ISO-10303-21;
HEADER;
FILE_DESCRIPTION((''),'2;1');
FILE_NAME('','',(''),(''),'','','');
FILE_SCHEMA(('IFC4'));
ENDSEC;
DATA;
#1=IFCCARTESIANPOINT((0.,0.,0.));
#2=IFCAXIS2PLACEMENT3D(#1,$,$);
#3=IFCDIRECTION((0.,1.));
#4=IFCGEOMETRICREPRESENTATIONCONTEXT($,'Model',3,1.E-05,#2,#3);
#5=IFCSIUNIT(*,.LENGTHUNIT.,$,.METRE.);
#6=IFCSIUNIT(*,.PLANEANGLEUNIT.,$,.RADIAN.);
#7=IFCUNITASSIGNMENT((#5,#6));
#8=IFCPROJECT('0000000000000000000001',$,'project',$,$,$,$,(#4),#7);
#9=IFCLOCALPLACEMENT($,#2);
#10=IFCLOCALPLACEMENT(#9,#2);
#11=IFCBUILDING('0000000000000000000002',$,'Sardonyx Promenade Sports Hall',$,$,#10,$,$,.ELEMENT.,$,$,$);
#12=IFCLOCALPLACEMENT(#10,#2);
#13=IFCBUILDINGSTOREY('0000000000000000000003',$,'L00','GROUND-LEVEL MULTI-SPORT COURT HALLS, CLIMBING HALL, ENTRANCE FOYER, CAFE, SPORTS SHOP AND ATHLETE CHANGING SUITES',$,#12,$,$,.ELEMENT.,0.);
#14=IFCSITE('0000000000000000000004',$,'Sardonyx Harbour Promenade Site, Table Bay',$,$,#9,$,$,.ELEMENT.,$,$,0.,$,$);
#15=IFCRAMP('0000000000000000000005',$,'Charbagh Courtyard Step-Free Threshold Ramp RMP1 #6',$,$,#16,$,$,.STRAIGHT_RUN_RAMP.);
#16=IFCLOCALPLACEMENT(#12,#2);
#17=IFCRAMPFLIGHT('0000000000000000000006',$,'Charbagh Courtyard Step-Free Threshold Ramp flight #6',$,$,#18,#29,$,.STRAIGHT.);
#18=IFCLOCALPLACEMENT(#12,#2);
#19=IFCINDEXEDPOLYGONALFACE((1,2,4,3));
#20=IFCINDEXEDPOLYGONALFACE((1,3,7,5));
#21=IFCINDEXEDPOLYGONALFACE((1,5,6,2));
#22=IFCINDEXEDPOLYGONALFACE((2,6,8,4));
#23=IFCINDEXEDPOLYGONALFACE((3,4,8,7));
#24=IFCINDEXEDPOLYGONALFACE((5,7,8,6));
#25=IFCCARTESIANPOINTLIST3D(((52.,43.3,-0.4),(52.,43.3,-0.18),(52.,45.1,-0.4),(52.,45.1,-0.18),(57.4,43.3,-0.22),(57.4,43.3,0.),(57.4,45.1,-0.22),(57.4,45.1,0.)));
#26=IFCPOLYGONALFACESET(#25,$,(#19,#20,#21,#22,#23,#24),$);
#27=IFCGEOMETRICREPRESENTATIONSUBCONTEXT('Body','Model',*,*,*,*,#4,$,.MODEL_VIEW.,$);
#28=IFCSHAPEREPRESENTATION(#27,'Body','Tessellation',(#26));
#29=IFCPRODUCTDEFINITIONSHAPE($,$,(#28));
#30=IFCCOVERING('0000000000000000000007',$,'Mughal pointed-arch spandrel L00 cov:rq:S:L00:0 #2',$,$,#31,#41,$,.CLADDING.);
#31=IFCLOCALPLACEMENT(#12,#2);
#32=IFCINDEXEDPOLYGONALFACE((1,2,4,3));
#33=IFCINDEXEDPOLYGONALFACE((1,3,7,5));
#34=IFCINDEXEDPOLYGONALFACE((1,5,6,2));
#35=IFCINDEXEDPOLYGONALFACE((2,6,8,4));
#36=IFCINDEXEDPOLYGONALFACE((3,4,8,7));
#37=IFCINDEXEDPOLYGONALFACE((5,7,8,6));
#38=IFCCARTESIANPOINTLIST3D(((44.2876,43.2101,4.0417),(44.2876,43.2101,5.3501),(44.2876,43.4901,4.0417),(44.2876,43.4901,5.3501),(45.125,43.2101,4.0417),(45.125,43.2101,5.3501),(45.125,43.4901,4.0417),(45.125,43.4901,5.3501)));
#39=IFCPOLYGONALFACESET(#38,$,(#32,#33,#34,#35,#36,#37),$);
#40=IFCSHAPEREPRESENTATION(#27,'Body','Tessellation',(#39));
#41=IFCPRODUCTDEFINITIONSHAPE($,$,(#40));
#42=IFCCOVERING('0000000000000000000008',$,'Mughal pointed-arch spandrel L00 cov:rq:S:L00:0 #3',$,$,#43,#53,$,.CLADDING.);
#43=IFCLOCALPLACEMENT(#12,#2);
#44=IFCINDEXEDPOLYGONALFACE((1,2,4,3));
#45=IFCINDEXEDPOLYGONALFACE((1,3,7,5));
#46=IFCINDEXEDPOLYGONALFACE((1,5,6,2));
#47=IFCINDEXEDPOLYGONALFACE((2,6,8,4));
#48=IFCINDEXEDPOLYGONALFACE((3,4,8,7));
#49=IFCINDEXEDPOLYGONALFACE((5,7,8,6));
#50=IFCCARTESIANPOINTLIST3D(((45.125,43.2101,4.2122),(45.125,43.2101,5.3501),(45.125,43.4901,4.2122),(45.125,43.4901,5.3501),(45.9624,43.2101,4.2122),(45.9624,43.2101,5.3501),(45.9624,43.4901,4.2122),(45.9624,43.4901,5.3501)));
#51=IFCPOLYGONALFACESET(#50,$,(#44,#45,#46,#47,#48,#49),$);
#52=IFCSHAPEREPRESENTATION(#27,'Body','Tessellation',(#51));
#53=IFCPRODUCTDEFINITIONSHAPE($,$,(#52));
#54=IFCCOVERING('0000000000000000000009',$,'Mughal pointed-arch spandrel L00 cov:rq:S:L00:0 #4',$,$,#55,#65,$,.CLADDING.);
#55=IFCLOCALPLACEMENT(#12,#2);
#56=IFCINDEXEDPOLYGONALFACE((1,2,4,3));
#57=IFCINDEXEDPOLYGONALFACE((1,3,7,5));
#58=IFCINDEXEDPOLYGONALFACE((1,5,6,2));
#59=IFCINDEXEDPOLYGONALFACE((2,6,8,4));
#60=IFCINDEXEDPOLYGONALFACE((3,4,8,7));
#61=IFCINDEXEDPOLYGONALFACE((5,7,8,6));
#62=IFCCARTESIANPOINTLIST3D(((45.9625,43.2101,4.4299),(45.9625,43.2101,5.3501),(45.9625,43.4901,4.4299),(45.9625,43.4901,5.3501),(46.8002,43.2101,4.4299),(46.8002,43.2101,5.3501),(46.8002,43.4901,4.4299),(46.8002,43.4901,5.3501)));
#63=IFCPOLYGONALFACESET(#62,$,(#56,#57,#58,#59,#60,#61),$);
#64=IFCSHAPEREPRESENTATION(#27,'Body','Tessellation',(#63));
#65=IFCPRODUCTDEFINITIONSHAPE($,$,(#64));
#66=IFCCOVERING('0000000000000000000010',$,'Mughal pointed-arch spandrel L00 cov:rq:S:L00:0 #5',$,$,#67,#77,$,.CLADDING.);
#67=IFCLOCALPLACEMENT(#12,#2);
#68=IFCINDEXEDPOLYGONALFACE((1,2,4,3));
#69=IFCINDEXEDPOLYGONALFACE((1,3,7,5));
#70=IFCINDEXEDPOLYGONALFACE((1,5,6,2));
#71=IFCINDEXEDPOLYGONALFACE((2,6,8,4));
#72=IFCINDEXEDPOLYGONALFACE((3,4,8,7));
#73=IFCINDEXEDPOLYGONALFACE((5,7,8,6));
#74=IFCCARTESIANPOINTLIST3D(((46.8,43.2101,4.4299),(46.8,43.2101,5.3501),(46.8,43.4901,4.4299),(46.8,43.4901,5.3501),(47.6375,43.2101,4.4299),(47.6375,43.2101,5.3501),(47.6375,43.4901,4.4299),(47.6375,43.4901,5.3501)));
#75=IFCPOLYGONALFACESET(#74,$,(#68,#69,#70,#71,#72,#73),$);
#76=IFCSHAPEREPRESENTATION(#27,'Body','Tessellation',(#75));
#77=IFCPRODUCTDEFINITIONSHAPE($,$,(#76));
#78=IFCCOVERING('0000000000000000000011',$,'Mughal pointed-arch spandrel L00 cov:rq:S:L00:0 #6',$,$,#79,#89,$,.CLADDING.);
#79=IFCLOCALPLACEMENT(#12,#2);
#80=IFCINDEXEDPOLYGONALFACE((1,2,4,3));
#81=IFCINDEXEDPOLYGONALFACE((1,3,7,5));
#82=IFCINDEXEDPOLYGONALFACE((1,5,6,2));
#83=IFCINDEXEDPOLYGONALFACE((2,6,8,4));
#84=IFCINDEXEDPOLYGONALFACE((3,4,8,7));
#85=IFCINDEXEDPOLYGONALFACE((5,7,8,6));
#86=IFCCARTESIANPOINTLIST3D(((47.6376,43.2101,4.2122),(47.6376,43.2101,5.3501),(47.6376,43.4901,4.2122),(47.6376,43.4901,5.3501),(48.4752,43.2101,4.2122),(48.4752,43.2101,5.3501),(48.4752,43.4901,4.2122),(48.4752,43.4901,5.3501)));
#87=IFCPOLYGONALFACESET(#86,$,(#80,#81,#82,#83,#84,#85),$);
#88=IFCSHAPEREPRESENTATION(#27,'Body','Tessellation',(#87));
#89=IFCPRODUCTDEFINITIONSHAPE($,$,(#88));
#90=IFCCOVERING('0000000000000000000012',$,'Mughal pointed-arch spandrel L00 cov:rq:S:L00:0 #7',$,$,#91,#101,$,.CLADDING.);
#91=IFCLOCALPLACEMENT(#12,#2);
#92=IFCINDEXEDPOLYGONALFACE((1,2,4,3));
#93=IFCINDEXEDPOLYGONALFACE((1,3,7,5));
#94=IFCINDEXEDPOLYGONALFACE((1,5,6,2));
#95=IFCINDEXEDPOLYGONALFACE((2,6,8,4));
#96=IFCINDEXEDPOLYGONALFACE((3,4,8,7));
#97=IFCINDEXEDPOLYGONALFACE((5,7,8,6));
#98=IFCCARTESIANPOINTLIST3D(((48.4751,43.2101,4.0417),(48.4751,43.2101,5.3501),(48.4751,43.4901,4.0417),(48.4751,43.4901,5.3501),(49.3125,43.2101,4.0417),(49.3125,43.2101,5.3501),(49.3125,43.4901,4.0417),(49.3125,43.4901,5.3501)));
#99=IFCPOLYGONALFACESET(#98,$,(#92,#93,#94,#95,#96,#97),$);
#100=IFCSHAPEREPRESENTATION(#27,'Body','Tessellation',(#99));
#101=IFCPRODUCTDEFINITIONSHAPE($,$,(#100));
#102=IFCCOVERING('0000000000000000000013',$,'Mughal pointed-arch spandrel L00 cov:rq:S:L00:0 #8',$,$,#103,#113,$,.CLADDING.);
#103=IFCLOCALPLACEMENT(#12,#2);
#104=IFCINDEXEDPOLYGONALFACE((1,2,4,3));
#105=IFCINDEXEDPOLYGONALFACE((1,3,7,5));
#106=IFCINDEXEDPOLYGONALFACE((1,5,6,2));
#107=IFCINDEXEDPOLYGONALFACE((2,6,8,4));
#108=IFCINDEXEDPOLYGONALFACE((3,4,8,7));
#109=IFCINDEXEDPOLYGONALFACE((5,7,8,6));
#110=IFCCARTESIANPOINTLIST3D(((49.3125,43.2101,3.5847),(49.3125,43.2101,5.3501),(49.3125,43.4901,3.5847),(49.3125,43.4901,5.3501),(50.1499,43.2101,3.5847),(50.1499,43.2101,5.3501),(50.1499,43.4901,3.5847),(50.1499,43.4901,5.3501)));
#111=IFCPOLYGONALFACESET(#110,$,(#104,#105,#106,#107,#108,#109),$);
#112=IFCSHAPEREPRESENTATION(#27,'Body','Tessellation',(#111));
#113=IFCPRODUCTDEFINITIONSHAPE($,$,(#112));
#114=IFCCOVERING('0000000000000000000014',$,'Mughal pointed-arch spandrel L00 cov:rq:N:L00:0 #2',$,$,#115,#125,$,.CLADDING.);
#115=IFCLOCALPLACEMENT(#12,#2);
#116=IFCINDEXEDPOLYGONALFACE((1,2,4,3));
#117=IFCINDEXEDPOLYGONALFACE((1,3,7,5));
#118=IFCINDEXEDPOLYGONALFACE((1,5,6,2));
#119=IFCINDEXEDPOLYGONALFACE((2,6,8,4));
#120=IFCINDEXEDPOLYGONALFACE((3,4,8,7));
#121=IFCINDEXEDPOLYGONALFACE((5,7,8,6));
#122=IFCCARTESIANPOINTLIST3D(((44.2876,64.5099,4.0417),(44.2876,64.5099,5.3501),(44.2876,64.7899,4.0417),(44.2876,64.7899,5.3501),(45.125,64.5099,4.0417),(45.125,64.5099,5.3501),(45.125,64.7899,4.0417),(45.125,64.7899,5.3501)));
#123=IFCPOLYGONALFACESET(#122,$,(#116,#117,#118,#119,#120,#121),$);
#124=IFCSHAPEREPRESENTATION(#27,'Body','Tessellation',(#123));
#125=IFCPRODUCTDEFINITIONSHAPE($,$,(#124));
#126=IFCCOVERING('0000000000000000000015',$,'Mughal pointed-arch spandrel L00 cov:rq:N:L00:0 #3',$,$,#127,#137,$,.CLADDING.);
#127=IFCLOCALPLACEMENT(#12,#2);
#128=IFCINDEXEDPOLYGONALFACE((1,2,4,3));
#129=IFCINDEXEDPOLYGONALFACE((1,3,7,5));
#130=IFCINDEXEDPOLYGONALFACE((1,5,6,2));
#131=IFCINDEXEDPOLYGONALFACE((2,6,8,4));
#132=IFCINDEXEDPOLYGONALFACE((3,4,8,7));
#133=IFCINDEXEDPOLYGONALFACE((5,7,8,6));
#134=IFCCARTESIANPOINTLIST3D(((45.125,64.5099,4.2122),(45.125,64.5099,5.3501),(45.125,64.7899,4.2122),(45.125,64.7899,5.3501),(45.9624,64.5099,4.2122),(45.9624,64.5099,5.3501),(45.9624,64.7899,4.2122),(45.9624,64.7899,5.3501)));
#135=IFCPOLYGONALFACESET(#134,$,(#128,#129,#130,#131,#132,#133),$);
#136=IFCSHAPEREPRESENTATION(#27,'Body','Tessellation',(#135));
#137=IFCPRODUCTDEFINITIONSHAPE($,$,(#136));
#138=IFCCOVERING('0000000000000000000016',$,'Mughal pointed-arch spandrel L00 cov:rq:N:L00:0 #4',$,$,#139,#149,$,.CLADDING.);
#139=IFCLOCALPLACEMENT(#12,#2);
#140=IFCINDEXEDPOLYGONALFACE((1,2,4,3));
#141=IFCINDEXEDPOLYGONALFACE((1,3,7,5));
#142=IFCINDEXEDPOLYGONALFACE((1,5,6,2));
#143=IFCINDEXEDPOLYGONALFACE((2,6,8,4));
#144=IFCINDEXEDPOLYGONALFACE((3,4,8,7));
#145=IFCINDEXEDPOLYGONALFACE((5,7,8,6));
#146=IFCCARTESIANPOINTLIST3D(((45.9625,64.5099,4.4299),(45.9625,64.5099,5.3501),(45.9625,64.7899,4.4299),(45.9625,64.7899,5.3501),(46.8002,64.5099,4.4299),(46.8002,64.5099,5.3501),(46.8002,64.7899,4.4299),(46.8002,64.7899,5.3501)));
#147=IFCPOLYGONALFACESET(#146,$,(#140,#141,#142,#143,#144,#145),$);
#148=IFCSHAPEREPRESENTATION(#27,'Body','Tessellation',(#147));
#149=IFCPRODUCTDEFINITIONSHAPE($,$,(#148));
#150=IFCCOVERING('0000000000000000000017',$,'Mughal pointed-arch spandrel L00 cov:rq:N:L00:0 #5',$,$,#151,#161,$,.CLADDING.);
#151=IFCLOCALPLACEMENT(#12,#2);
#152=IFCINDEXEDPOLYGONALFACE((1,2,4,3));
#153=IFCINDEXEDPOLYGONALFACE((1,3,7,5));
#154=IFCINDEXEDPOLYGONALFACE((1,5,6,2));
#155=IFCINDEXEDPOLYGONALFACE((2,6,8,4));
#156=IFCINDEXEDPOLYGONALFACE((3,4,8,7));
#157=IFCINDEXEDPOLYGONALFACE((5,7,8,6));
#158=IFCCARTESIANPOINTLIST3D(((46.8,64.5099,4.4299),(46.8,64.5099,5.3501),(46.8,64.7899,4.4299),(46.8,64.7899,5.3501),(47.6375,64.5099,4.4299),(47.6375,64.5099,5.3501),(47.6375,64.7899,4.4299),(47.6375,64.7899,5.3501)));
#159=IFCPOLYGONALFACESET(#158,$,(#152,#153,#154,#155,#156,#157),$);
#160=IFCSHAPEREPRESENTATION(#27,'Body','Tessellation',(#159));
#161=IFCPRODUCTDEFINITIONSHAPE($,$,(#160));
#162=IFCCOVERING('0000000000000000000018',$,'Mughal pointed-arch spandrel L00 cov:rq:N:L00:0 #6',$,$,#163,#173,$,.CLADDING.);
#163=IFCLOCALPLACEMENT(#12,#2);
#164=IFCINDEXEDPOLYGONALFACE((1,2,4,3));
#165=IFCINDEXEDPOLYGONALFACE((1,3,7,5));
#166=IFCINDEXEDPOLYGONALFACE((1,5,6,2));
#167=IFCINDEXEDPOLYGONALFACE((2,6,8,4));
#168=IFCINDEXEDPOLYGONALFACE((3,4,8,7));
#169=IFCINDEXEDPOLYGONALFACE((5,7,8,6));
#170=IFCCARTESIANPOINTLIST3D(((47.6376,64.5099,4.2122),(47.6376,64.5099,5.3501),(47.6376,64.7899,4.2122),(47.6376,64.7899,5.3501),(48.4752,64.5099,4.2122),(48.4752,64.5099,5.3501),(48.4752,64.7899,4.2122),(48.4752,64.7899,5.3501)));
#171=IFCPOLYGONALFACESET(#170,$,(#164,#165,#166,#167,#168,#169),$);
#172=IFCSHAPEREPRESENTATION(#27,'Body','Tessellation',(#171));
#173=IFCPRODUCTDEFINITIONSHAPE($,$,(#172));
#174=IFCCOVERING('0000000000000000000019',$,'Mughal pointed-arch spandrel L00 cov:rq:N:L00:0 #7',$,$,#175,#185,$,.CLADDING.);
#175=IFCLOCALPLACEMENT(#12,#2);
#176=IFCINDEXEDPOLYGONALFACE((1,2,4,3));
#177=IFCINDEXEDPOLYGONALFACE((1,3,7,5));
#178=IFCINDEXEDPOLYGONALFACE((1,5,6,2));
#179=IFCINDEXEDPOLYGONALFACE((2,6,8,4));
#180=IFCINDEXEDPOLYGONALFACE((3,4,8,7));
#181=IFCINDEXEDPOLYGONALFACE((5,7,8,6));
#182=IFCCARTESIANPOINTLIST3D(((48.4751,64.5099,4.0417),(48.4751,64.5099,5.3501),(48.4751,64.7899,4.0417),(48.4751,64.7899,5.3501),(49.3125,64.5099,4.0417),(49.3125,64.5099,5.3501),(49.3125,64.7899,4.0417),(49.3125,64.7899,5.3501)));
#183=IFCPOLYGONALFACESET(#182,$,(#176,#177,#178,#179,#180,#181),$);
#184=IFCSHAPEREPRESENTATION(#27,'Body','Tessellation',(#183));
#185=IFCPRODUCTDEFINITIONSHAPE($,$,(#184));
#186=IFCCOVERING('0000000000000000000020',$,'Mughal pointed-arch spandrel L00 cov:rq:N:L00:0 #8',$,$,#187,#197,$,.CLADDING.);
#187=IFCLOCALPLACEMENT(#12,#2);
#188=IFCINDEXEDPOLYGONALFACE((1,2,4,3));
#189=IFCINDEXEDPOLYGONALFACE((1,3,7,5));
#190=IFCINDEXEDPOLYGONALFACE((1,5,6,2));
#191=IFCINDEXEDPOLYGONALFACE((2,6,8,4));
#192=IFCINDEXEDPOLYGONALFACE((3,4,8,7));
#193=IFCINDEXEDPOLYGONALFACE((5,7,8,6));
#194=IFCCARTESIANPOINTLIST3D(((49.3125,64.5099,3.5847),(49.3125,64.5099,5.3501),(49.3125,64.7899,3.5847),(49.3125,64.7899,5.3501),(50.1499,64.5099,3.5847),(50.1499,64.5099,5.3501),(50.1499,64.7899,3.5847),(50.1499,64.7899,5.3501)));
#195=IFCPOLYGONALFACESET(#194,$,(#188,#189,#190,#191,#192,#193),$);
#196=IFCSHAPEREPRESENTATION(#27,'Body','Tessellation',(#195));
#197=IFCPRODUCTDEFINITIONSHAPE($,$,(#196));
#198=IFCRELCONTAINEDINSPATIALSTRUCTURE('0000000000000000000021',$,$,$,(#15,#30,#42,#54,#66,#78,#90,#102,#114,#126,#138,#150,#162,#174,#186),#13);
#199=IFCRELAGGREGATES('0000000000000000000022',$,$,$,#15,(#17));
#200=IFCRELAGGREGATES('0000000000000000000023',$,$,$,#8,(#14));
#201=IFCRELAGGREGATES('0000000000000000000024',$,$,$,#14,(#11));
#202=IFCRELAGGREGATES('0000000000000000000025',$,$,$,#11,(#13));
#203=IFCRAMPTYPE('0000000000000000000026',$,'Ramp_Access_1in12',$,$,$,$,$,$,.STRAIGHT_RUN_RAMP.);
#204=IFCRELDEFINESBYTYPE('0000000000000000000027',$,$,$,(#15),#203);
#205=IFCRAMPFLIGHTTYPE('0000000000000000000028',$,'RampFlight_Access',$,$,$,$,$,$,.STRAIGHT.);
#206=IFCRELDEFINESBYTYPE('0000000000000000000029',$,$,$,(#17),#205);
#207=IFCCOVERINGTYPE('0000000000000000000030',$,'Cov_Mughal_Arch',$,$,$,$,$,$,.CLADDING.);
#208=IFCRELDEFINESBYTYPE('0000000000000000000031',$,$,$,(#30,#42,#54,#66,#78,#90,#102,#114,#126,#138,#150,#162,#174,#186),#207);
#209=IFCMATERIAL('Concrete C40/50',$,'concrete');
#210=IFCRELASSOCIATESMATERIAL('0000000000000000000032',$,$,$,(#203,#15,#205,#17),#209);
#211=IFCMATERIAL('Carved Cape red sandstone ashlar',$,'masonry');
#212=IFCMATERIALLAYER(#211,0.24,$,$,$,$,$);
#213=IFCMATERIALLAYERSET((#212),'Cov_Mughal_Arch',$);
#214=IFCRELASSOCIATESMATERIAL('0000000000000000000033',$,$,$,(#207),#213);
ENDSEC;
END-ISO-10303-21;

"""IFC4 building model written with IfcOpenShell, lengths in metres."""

from ifc_helpers import new_model, si_unit, direction, frame, frame_2d, origin, place, context, subcontext, project, spatial, polyline, rectangle, outline, extrude, material, layer, layer_set, type_object, element, aggregate, save


model = new_model("IFC4")

# Units and contexts
model_context = context("Model", 3, precision=1e-05, world=origin(), true_north=direction((0.0, 1.0)))
body_context = subcontext(model_context, "Body", "Model", "MODEL_VIEW")
ifc_project = project(units=[si_unit("LENGTHUNIT", "METRE"), si_unit("PLANEANGLEUNIT", "RADIAN")], contexts=[model_context])

# Site, building, storey
site_placement = place(None, origin())
site = spatial("IfcSite", under=ifc_project, at=site_placement, Name="Sardonyx Harbour Promenade Site, Table Bay", CompositionType="ELEMENT", RefElevation=0.0)
building_placement = place(site_placement, origin())
building = spatial("IfcBuilding", under=site, at=building_placement, Name="Sardonyx Promenade Sports Hall", CompositionType="ELEMENT")
storey_placement = place(building_placement, origin())
storey = spatial("IfcBuildingStorey", under=building, at=storey_placement, Name="L00", Description="GROUND-LEVEL MULTI-SPORT COURT HALLS, CLIMBING HALL, ENTRANCE FOYER, CAFE, SPORTS SHOP AND ATHLETE CHANGING SUITES", CompositionType="ELEMENT", Elevation=0.0)

# Ramp, ramp flight
ifc_material_1 = material(Name="Concrete C40/50", Category="concrete")
ramp_type = type_object("IfcRampType", Name="Ramp_Access_1in12", PredefinedType="STRAIGHT_RUN_RAMP", material=ifc_material_1)
ramp_placement = place(storey_placement, frame((52.0, 44.2, -0.18), z_axis=(0.0, 0.0, 1.0), x_axis=(1.0, 0.0, 0.0)))
ramp = element("IfcRamp", 1, at=ramp_placement, inside=storey, type_object=ramp_type, material=ifc_material_1, Name="Charbagh Courtyard Step-Free Threshold Ramp RMP1 #6", PredefinedType="STRAIGHT_RUN_RAMP")
ramp_flight_type = type_object("IfcRampFlightType", Name="RampFlight_Access", PredefinedType="STRAIGHT", material=ifc_material_1)
ramp_flight_placement = place(storey_placement, frame((52.0, 44.2, -0.18), z_axis=(0.0, -1.0, 0.0), x_axis=(1.0, 0.0, 0.0)))
ramp_flight = element("IfcRampFlight", 2, at=ramp_flight_placement, type_object=ramp_flight_type, material=ifc_material_1, Name="Charbagh Courtyard Step-Free Threshold Ramp flight #6", PredefinedType="STRAIGHT", context=body_context, shape_type="SweptSolid", body=[
    extrude(outline(polyline([(0.0, 0.0), (5.4, 0.18), (5.4, -0.04), (0.0, -0.22), (0.0, 0.0)])), frame((0.0, 0.0, -0.9)), (0.0, 0.0, 1.0), 1.8),
])
aggregate(ramp, [ramp_flight])

# Coverings
ifc_material_2 = material(Name="Carved Cape red sandstone ashlar", Category="masonry")
ifc_layer = layer(ifc_material_2, 0.24)
ifc_layer_set = layer_set([ifc_layer], Name="Cov_Mughal_Arch")
covering_type = type_object("IfcCoveringType", Name="Cov_Mughal_Arch", PredefinedType="CLADDING", material=ifc_layer_set)
covering_1_placement = place(storey_placement, frame((44.2876, 43.3501, 4.0417), z_axis=(0.0, 0.0, 1.0), x_axis=(1.0, 0.0, 0.0)))
element("IfcCovering", 3, at=covering_1_placement, inside=storey, type_object=covering_type, Name="Mughal pointed-arch spandrel L00 cov:rq:S:L00:0 #2", PredefinedType="CLADDING", context=body_context, shape_type="SweptSolid", body=[
    extrude(rectangle(XDim=0.8374, YDim=0.28, at=frame_2d((0.4187, 0.0))), origin(), (0.0, 0.0, 1.0), 1.3083),
])
covering_2_placement = place(storey_placement, frame((45.125, 43.3501, 4.2122), z_axis=(0.0, 0.0, 1.0), x_axis=(1.0, 0.0, 0.0)))
element("IfcCovering", 4, at=covering_2_placement, inside=storey, type_object=covering_type, Name="Mughal pointed-arch spandrel L00 cov:rq:S:L00:0 #3", PredefinedType="CLADDING", context=body_context, shape_type="SweptSolid", body=[
    extrude(rectangle(XDim=0.8374, YDim=0.28, at=frame_2d((0.4187, 0.0))), origin(), (0.0, 0.0, 1.0), 1.1379),
])
covering_3_placement = place(storey_placement, frame((45.9624, 43.3501, 4.4299), z_axis=(0.0, 0.0, 1.0), x_axis=(1.0, 0.0, 0.0)))
element("IfcCovering", 5, at=covering_3_placement, inside=storey, type_object=covering_type, Name="Mughal pointed-arch spandrel L00 cov:rq:S:L00:0 #4", PredefinedType="CLADDING", context=body_context, shape_type="SweptSolid", body=[
    extrude(rectangle(XDim=0.8376, YDim=0.28, at=frame_2d((0.4189, 0.0))), origin(), (0.0, 0.0, 1.0), 0.9202),
])
covering_4_placement = place(storey_placement, frame((46.8, 43.3501, 4.4299), z_axis=(0.0, 0.0, 1.0), x_axis=(1.0, 0.0, 0.0)))
element("IfcCovering", 6, at=covering_4_placement, inside=storey, type_object=covering_type, Name="Mughal pointed-arch spandrel L00 cov:rq:S:L00:0 #5", PredefinedType="CLADDING", context=body_context, shape_type="SweptSolid", body=[
    extrude(rectangle(XDim=0.8374, YDim=0.28, at=frame_2d((0.4187, 0.0))), origin(), (0.0, 0.0, 1.0), 0.9202),
])
covering_5_placement = place(storey_placement, frame((47.6375, 43.3501, 4.2122), z_axis=(0.0, 0.0, 1.0), x_axis=(1.0, 0.0, 0.0)))
element("IfcCovering", 7, at=covering_5_placement, inside=storey, type_object=covering_type, Name="Mughal pointed-arch spandrel L00 cov:rq:S:L00:0 #6", PredefinedType="CLADDING", context=body_context, shape_type="SweptSolid", body=[
    extrude(rectangle(XDim=0.8376, YDim=0.28, at=frame_2d((0.4189, 0.0))), origin(), (0.0, 0.0, 1.0), 1.1379),
])
covering_6_placement = place(storey_placement, frame((48.4751, 43.3501, 4.0417), z_axis=(0.0, 0.0, 1.0), x_axis=(1.0, 0.0, 0.0)))
element("IfcCovering", 8, at=covering_6_placement, inside=storey, type_object=covering_type, Name="Mughal pointed-arch spandrel L00 cov:rq:S:L00:0 #7", PredefinedType="CLADDING", context=body_context, shape_type="SweptSolid", body=[
    extrude(rectangle(XDim=0.8374, YDim=0.28, at=frame_2d((0.4187, 0.0))), origin(), (0.0, 0.0, 1.0), 1.3083),
])
covering_7_placement = place(storey_placement, frame((49.3125, 43.3501, 3.5847), z_axis=(0.0, 0.0, 1.0), x_axis=(1.0, 0.0, 0.0)))
element("IfcCovering", 9, at=covering_7_placement, inside=storey, type_object=covering_type, Name="Mughal pointed-arch spandrel L00 cov:rq:S:L00:0 #8", PredefinedType="CLADDING", context=body_context, shape_type="SweptSolid", body=[
    extrude(rectangle(XDim=0.8374, YDim=0.28, at=frame_2d((0.4187, 0.0))), origin(), (0.0, 0.0, 1.0), 1.7654),
])
covering_8_placement = place(storey_placement, frame((44.2876, 64.6499, 4.0417), z_axis=(0.0, 0.0, 1.0), x_axis=(1.0, 0.0, 0.0)))
element("IfcCovering", 10, at=covering_8_placement, inside=storey, type_object=covering_type, Name="Mughal pointed-arch spandrel L00 cov:rq:N:L00:0 #2", PredefinedType="CLADDING", context=body_context, shape_type="SweptSolid", body=[
    extrude(rectangle(XDim=0.8374, YDim=0.28, at=frame_2d((0.4187, 0.0))), origin(), (0.0, 0.0, 1.0), 1.3083),
])
covering_9_placement = place(storey_placement, frame((45.125, 64.6499, 4.2122), z_axis=(0.0, 0.0, 1.0), x_axis=(1.0, 0.0, 0.0)))
element("IfcCovering", 11, at=covering_9_placement, inside=storey, type_object=covering_type, Name="Mughal pointed-arch spandrel L00 cov:rq:N:L00:0 #3", PredefinedType="CLADDING", context=body_context, shape_type="SweptSolid", body=[
    extrude(rectangle(XDim=0.8374, YDim=0.28, at=frame_2d((0.4187, 0.0))), origin(), (0.0, 0.0, 1.0), 1.1379),
])
covering_10_placement = place(storey_placement, frame((45.9624, 64.6499, 4.4299), z_axis=(0.0, 0.0, 1.0), x_axis=(1.0, 0.0, 0.0)))
element("IfcCovering", 12, at=covering_10_placement, inside=storey, type_object=covering_type, Name="Mughal pointed-arch spandrel L00 cov:rq:N:L00:0 #4", PredefinedType="CLADDING", context=body_context, shape_type="SweptSolid", body=[
    extrude(rectangle(XDim=0.8376, YDim=0.28, at=frame_2d((0.4189, 0.0))), origin(), (0.0, 0.0, 1.0), 0.9202),
])
covering_11_placement = place(storey_placement, frame((46.8, 64.6499, 4.4299), z_axis=(0.0, 0.0, 1.0), x_axis=(1.0, 0.0, 0.0)))
element("IfcCovering", 13, at=covering_11_placement, inside=storey, type_object=covering_type, Name="Mughal pointed-arch spandrel L00 cov:rq:N:L00:0 #5", PredefinedType="CLADDING", context=body_context, shape_type="SweptSolid", body=[
    extrude(rectangle(XDim=0.8374, YDim=0.28, at=frame_2d((0.4187, 0.0))), origin(), (0.0, 0.0, 1.0), 0.9202),
])
covering_12_placement = place(storey_placement, frame((47.6375, 64.6499, 4.2122), z_axis=(0.0, 0.0, 1.0), x_axis=(1.0, 0.0, 0.0)))
element("IfcCovering", 14, at=covering_12_placement, inside=storey, type_object=covering_type, Name="Mughal pointed-arch spandrel L00 cov:rq:N:L00:0 #6", PredefinedType="CLADDING", context=body_context, shape_type="SweptSolid", body=[
    extrude(rectangle(XDim=0.8376, YDim=0.28, at=frame_2d((0.4189, 0.0))), origin(), (0.0, 0.0, 1.0), 1.1379),
])
covering_13_placement = place(storey_placement, frame((48.4751, 64.6499, 4.0417), z_axis=(0.0, 0.0, 1.0), x_axis=(1.0, 0.0, 0.0)))
element("IfcCovering", 15, at=covering_13_placement, inside=storey, type_object=covering_type, Name="Mughal pointed-arch spandrel L00 cov:rq:N:L00:0 #7", PredefinedType="CLADDING", context=body_context, shape_type="SweptSolid", body=[
    extrude(rectangle(XDim=0.8374, YDim=0.28, at=frame_2d((0.4187, 0.0))), origin(), (0.0, 0.0, 1.0), 1.3083),
])
covering_14_placement = place(storey_placement, frame((49.3125, 64.6499, 3.5847), z_axis=(0.0, 0.0, 1.0), x_axis=(1.0, 0.0, 0.0)))
element("IfcCovering", 16, at=covering_14_placement, inside=storey, type_object=covering_type, Name="Mughal pointed-arch spandrel L00 cov:rq:N:L00:0 #8", PredefinedType="CLADDING", context=body_context, shape_type="SweptSolid", body=[
    extrude(rectangle(XDim=0.8374, YDim=0.28, at=frame_2d((0.4187, 0.0))), origin(), (0.0, 0.0, 1.0), 1.7654),
])

save(model, "model.ifc")
